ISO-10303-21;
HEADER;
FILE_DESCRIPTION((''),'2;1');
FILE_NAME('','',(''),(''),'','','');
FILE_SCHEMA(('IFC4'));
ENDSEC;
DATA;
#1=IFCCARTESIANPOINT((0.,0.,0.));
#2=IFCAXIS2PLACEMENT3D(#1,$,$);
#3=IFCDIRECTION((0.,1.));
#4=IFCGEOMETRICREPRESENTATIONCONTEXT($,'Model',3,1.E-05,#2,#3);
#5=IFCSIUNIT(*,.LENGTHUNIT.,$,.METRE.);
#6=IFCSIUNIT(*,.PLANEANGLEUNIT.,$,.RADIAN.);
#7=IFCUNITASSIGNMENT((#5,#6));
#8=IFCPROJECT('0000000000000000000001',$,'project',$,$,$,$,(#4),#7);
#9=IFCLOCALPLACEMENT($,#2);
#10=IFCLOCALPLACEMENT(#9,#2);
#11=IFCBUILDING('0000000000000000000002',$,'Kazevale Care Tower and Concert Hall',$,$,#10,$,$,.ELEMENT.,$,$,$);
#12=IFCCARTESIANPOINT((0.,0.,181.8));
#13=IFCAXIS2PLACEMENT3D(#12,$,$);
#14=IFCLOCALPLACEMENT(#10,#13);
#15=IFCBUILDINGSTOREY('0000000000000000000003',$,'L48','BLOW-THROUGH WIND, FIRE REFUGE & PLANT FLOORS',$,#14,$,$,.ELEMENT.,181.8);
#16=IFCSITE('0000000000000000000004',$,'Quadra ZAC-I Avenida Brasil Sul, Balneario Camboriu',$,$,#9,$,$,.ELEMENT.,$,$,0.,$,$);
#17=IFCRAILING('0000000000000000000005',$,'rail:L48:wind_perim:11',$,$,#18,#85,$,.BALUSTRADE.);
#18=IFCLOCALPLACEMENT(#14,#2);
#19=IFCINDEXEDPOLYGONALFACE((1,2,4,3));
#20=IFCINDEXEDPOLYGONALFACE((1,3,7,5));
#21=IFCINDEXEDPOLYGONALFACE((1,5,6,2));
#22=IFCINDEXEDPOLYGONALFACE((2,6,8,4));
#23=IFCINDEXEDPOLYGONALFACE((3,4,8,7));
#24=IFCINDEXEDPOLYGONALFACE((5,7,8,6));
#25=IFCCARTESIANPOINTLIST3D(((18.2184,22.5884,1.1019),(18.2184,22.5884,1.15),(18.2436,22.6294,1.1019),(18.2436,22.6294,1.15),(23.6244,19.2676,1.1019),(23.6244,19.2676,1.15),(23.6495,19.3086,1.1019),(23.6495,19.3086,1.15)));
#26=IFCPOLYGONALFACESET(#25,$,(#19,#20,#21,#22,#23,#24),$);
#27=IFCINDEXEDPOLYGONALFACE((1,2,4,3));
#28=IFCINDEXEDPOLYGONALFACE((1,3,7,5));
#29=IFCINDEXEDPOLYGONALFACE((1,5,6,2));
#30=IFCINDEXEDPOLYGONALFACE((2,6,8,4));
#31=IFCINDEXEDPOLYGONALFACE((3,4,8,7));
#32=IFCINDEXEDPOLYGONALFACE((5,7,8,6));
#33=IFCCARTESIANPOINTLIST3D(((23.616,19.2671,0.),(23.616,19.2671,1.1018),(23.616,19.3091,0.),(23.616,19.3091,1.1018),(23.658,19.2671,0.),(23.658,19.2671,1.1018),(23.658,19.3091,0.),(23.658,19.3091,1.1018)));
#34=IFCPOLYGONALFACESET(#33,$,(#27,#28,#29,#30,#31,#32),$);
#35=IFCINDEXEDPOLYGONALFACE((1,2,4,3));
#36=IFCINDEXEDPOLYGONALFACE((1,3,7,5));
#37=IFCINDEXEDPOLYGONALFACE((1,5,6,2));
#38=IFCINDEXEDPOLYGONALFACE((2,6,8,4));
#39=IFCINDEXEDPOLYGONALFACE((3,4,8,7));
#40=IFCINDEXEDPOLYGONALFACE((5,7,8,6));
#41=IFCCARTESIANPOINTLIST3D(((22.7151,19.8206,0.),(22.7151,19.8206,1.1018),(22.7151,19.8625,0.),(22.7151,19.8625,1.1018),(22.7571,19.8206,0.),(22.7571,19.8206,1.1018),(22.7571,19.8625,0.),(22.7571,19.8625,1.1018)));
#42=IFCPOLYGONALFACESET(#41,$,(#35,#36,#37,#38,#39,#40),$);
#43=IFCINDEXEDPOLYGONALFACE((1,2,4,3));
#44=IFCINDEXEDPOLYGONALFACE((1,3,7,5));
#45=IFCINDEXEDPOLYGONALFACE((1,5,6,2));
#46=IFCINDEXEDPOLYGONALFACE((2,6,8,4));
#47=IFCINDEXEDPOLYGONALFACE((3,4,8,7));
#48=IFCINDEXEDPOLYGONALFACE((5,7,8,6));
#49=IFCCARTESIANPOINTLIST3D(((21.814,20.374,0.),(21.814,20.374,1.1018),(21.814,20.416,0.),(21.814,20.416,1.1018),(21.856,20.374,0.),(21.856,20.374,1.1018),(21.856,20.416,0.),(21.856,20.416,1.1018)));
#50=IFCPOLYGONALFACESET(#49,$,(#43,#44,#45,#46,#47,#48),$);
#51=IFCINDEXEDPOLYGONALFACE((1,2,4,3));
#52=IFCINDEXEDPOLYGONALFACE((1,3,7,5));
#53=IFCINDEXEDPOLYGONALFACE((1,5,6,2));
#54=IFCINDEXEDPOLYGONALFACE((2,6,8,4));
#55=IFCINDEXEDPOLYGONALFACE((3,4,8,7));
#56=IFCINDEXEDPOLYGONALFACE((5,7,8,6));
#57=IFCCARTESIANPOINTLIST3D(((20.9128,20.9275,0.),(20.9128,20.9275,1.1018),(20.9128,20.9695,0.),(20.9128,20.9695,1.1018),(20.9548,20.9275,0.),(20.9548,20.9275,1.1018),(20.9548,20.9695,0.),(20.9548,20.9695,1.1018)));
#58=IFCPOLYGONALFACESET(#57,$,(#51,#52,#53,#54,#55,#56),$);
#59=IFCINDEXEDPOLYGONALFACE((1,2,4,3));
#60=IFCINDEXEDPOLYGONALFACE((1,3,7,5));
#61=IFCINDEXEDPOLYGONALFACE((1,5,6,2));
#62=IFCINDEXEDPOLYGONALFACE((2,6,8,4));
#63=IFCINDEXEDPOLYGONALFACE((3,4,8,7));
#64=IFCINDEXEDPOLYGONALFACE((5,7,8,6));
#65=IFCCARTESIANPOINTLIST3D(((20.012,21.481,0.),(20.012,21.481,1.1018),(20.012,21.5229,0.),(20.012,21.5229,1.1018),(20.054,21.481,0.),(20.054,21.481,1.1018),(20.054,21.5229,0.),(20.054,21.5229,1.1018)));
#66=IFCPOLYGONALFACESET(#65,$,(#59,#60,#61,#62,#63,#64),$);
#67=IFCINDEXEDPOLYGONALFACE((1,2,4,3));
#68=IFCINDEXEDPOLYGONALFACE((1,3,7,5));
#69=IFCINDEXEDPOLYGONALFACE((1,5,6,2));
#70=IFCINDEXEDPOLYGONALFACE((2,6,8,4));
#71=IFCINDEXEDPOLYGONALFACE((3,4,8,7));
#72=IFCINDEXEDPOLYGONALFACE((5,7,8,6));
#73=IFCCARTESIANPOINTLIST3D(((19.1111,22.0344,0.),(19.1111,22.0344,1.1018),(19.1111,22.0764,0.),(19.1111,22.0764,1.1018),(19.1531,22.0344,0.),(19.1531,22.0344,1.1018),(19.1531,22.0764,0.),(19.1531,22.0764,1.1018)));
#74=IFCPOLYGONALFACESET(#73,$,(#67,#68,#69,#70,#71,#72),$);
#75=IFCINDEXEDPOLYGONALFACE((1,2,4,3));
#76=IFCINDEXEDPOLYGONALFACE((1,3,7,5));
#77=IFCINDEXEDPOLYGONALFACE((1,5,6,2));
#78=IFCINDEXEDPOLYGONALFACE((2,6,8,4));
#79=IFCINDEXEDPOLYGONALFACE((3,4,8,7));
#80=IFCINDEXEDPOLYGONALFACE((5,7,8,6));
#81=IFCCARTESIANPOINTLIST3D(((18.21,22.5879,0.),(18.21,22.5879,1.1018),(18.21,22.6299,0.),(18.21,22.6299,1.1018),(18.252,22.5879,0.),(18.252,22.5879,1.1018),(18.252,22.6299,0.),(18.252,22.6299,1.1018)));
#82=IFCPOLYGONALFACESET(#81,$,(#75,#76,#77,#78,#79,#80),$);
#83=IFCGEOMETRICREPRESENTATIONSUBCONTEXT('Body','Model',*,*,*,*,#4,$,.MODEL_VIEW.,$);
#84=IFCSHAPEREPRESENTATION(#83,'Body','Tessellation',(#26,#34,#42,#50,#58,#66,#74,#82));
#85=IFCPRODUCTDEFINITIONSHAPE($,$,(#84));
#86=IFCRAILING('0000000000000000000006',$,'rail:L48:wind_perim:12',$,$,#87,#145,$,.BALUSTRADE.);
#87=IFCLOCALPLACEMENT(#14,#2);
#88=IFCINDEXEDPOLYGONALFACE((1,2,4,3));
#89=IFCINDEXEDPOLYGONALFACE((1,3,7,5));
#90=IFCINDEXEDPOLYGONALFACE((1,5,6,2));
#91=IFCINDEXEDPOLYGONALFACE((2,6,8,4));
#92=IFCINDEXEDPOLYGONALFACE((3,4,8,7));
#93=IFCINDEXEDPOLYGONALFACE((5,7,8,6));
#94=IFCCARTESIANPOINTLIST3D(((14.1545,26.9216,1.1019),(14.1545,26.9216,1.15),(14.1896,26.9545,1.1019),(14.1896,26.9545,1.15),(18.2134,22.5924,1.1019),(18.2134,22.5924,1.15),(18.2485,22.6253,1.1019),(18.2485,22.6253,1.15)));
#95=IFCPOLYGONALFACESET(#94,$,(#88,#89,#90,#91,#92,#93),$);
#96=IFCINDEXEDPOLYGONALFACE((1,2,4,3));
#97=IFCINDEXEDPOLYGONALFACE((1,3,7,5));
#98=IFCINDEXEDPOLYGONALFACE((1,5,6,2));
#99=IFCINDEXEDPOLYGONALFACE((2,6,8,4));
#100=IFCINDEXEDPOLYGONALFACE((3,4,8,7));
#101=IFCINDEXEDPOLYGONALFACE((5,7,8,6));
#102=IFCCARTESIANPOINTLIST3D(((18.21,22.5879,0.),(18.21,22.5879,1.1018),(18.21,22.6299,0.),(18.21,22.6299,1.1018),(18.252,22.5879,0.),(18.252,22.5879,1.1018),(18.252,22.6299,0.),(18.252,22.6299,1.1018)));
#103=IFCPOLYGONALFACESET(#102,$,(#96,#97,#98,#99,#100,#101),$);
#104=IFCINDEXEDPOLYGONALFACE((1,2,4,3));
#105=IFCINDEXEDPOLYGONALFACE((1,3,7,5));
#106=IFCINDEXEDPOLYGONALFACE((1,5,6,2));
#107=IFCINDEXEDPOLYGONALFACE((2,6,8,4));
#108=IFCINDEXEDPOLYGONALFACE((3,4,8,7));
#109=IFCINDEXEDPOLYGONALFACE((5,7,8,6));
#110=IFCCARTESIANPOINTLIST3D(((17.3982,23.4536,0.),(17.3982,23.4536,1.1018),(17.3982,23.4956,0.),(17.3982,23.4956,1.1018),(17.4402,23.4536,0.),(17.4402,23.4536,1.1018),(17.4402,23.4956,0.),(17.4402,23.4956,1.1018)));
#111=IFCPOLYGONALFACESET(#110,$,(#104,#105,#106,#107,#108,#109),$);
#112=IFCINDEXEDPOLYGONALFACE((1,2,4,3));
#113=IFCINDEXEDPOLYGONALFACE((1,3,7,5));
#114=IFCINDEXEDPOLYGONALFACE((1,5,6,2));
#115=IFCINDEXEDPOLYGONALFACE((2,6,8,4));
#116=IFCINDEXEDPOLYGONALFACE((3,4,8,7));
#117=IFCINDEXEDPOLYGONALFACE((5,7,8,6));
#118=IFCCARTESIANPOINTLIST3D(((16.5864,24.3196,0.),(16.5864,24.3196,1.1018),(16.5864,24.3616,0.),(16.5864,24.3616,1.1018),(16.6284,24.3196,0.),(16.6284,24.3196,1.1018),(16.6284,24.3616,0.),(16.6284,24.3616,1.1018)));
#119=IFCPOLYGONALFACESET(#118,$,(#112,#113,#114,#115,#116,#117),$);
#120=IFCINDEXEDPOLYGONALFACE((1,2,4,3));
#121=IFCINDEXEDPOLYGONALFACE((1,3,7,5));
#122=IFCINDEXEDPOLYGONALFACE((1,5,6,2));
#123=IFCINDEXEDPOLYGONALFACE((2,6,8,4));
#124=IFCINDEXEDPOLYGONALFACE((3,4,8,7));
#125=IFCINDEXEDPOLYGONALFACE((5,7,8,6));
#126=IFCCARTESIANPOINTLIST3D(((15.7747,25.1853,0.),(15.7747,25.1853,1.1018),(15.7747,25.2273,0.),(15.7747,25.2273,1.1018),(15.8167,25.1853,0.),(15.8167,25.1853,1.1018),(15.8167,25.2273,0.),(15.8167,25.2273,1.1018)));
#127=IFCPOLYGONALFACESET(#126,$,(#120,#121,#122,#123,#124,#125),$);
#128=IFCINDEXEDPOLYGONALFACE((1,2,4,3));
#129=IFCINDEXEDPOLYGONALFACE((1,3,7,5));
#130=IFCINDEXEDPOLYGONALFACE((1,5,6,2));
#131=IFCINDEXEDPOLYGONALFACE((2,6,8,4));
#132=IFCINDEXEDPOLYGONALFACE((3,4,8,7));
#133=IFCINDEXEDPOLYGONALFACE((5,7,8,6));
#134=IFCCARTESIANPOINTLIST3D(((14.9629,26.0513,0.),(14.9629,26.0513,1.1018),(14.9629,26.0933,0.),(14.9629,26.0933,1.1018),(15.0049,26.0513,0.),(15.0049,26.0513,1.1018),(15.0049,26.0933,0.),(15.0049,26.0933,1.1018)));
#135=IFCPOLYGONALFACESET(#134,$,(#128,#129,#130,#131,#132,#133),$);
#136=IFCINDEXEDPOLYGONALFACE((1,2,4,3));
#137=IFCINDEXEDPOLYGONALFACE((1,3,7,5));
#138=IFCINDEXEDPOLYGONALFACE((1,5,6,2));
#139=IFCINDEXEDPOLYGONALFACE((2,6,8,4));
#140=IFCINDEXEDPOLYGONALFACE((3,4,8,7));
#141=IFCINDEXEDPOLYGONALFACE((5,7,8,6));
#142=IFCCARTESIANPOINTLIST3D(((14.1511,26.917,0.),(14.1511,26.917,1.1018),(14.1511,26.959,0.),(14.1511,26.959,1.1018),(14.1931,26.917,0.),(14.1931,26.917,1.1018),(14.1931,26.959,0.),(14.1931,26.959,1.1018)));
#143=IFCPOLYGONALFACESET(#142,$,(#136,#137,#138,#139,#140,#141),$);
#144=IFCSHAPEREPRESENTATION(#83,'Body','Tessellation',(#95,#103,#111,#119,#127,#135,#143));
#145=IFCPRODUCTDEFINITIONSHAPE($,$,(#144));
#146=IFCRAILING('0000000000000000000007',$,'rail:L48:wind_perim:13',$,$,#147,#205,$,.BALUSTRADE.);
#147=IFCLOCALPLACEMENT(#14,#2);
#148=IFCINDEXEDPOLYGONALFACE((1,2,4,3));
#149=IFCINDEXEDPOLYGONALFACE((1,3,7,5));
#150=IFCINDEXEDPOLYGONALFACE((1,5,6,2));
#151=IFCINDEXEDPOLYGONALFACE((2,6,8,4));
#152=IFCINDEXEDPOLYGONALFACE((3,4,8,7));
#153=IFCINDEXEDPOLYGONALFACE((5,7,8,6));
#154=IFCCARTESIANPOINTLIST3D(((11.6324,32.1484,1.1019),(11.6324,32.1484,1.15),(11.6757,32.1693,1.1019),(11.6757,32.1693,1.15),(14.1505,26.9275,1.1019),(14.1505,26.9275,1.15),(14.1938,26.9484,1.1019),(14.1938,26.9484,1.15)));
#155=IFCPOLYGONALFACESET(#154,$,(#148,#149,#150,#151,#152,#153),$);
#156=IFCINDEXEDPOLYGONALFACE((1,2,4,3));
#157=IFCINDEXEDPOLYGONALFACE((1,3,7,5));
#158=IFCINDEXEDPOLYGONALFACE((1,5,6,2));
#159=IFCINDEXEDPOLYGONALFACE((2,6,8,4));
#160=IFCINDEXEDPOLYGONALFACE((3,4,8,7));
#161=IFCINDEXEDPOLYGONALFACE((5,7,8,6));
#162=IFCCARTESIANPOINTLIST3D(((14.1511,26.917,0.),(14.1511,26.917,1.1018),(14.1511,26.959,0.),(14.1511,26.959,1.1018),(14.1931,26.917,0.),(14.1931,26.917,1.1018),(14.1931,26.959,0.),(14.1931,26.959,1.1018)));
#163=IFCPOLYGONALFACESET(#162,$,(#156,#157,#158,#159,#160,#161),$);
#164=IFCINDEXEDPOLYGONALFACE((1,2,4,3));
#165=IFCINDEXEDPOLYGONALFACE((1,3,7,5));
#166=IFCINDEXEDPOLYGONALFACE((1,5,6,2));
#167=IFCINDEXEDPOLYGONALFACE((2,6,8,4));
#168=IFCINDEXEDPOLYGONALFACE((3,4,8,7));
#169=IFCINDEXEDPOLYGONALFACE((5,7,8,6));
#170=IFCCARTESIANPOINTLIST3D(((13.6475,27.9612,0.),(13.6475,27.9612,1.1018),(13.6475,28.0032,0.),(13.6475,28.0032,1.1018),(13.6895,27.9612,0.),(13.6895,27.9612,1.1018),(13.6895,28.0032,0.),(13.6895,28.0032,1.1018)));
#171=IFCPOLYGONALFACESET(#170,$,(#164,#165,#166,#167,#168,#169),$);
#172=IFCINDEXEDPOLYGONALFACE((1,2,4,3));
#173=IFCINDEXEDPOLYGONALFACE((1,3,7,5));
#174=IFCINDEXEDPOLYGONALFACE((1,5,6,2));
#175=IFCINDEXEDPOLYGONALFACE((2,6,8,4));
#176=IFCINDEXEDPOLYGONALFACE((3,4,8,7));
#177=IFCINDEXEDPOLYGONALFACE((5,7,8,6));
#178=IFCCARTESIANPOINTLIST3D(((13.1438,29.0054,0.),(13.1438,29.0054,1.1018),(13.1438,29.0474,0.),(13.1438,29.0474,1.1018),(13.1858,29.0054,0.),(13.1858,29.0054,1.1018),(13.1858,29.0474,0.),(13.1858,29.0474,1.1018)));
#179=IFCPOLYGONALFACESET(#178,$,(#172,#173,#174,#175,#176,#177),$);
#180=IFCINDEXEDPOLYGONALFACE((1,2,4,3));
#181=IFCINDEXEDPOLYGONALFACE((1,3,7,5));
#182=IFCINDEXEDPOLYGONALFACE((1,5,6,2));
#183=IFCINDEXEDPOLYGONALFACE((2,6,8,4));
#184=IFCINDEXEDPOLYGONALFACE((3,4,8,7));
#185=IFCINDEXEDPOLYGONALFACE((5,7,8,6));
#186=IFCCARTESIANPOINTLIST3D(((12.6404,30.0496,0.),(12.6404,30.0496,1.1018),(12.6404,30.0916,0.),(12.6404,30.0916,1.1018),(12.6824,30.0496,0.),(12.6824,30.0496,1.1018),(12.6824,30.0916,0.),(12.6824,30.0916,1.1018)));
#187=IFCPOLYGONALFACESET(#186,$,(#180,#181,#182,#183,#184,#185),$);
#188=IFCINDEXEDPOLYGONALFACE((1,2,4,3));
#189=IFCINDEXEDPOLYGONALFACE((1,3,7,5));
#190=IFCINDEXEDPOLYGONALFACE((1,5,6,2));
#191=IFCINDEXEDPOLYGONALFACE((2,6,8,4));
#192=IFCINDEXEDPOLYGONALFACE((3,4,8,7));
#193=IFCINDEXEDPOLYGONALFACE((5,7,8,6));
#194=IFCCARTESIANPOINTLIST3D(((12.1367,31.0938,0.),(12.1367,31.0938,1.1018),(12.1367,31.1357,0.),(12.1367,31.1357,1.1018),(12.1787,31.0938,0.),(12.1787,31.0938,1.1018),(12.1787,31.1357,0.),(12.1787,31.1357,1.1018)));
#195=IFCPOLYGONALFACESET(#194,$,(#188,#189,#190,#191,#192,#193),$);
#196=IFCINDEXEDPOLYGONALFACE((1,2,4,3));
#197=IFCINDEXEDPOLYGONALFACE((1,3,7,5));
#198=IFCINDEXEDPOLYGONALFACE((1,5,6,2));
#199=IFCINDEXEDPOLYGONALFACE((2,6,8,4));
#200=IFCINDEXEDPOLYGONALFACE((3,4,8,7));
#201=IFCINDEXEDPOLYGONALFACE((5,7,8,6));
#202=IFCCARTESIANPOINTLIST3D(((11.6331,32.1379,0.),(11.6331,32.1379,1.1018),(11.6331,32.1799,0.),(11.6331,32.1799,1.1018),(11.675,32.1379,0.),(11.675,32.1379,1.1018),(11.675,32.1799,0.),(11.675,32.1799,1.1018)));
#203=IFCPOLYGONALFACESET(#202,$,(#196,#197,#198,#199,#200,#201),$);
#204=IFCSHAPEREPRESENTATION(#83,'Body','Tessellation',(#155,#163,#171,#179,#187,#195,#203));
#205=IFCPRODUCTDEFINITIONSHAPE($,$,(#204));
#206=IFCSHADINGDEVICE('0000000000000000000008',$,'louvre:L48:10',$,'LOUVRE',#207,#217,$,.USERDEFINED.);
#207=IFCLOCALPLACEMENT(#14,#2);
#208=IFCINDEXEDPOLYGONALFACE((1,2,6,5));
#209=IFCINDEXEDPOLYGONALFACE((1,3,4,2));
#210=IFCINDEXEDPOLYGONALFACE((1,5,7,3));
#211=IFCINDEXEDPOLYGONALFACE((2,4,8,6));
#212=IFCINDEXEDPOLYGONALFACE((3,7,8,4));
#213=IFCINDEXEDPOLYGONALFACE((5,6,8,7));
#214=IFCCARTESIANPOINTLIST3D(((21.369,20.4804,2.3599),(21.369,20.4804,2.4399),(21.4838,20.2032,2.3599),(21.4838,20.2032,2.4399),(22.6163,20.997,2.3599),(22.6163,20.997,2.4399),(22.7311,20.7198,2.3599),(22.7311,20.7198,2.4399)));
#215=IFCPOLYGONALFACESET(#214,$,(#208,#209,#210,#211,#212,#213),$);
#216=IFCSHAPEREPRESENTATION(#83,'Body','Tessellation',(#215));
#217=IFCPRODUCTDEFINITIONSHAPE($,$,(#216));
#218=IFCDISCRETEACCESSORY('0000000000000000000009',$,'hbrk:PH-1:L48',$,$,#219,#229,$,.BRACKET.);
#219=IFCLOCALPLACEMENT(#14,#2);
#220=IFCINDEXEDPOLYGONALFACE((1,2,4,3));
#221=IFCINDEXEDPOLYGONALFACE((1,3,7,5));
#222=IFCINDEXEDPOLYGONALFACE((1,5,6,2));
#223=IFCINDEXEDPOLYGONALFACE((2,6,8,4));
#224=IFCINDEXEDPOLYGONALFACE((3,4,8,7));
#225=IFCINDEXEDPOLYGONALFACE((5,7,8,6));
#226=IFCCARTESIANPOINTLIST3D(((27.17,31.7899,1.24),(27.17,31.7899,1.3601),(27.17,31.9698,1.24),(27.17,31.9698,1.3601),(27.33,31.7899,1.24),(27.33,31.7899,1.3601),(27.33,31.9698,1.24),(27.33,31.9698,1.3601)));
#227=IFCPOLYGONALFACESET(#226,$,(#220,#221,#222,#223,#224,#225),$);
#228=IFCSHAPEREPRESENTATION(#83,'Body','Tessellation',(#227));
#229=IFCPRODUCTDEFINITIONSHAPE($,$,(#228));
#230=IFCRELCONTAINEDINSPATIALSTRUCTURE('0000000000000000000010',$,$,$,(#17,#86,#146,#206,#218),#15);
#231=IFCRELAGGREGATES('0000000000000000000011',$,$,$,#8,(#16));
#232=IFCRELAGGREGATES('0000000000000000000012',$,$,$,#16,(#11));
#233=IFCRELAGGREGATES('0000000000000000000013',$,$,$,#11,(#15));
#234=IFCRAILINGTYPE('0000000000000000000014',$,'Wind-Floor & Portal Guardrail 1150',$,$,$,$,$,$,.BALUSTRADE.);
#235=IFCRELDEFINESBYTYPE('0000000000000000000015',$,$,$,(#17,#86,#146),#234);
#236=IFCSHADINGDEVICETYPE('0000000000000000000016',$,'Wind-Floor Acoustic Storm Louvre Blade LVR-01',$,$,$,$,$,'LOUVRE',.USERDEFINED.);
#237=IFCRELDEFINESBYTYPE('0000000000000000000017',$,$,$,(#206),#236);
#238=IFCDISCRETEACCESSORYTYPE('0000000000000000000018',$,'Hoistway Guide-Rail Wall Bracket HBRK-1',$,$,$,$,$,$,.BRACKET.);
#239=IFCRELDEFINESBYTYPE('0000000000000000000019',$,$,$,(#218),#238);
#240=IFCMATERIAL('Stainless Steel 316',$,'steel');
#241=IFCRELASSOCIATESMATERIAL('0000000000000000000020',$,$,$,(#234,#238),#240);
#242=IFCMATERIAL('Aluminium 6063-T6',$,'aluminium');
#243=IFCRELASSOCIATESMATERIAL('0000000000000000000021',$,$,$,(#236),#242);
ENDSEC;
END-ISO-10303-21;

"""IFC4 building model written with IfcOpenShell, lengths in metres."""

from ifc_helpers import new_model, si_unit, direction, frame, origin, origin_2d, place, context, subcontext, project, spatial, rectangle, extrude, material, type_object, element, save


model = new_model("IFC4")

# Units and contexts
model_context = context("Model", 3, precision=1e-05, world=origin(), true_north=direction((0.0, 1.0)))
body_context = subcontext(model_context, "Body", "Model", "MODEL_VIEW")
ifc_project = project(units=[si_unit("LENGTHUNIT", "METRE"), si_unit("PLANEANGLEUNIT", "RADIAN")], contexts=[model_context])

# Site, building, storey
site_placement = place(None, origin())
site = spatial("IfcSite", under=ifc_project, at=site_placement, Name="Quadra ZAC-I Avenida Brasil Sul, Balneario Camboriu", CompositionType="ELEMENT", RefElevation=0.0)
building_placement = place(site_placement, origin())
building = spatial("IfcBuilding", under=site, at=building_placement, Name="Kazevale Care Tower and Concert Hall", CompositionType="ELEMENT")
storey_placement = place(building_placement, frame((0.0, 0.0, 181.8)))
storey = spatial("IfcBuildingStorey", under=building, at=storey_placement, Name="L48", Description="BLOW-THROUGH WIND, FIRE REFUGE & PLANT FLOORS", CompositionType="ELEMENT", Elevation=181.8)

# Railings
ifc_material_1 = material(Name="Stainless Steel 316", Category="steel")
railing_type_1 = type_object("IfcRailingType", Name="Wind-Floor & Portal Guardrail 1150", PredefinedType="BALUSTRADE", material=ifc_material_1)
railing_1_placement = place(storey_placement, frame((23.637, 19.2881, 0.0)))
element("IfcRailing", 1, at=railing_1_placement, inside=storey, type_object=railing_type_1, Name="rail:L48:wind_perim:11", PredefinedType="BALUSTRADE", context=body_context, shape_type="SweptSolid", body=[
    extrude(rectangle(XDim=0.0481, YDim=0.0481, at=origin_2d()), frame((0.0, 0.0, 1.126), z_axis=(-0.852078, 0.523415, 0.0), x_axis=(-0.523415, -0.852078, 0.0)), (0.0, 0.0, 1.0), 6.3445),
    extrude(rectangle(XDim=0.042, YDim=0.042, at=origin_2d()), origin(), (0.0, 0.0, 1.0), 1.1018),
    extrude(rectangle(XDim=0.042, YDim=0.042, at=origin_2d()), frame((-0.9009, 0.5535, 0.0)), (0.0, 0.0, 1.0), 1.1018),
    extrude(rectangle(XDim=0.042, YDim=0.042, at=origin_2d()), frame((-1.802, 1.1069, 0.0)), (0.0, 0.0, 1.0), 1.1018),
    extrude(rectangle(XDim=0.042, YDim=0.042, at=origin_2d()), frame((-2.7031, 1.6604, 0.0)), (0.0, 0.0, 1.0), 1.1018),
    extrude(rectangle(XDim=0.042, YDim=0.042, at=origin_2d()), frame((-3.604, 2.2139, 0.0)), (0.0, 0.0, 1.0), 1.1018),
    extrude(rectangle(XDim=0.042, YDim=0.042, at=origin_2d()), frame((-4.5049, 2.7673, 0.0)), (0.0, 0.0, 1.0), 1.1018),
    extrude(rectangle(XDim=0.042, YDim=0.042, at=origin_2d()), frame((-5.406, 3.3208, 0.0)), (0.0, 0.0, 1.0), 1.1018),
])
railing_2_placement = place(storey_placement, frame((18.231, 22.6089, 0.0)))
element("IfcRailing", 2, at=railing_2_placement, inside=storey, type_object=railing_type_1, Name="rail:L48:wind_perim:12", PredefinedType="BALUSTRADE", context=body_context, shape_type="SweptSolid", body=[
    extrude(rectangle(XDim=0.0481, YDim=0.0481, at=origin_2d()), frame((0.0, 0.0, 1.126), z_axis=(-0.683968, 0.729512, 0.0), x_axis=(-0.729512, -0.683968, 0.0)), (0.0, 0.0, 1.0), 5.9343),
    extrude(rectangle(XDim=0.042, YDim=0.042, at=origin_2d()), origin(), (0.0, 0.0, 1.0), 1.1018),
    extrude(rectangle(XDim=0.042, YDim=0.042, at=origin_2d()), frame((-0.8118, 0.8657, 0.0)), (0.0, 0.0, 1.0), 1.1018),
    extrude(rectangle(XDim=0.042, YDim=0.042, at=origin_2d()), frame((-1.6235, 1.7317, 0.0)), (0.0, 0.0, 1.0), 1.1018),
    extrude(rectangle(XDim=0.042, YDim=0.042, at=origin_2d()), frame((-2.4353, 2.5974, 0.0)), (0.0, 0.0, 1.0), 1.1018),
    extrude(rectangle(XDim=0.042, YDim=0.042, at=origin_2d()), frame((-3.2471, 3.4634, 0.0)), (0.0, 0.0, 1.0), 1.1018),
    extrude(rectangle(XDim=0.042, YDim=0.042, at=origin_2d()), frame((-4.0588, 4.3291, 0.0)), (0.0, 0.0, 1.0), 1.1018),
])
railing_3_placement = place(storey_placement, frame((14.1721, 26.938, 0.0)))
element("IfcRailing", 3, at=railing_3_placement, inside=storey, type_object=railing_type_1, Name="rail:L48:wind_perim:13", PredefinedType="BALUSTRADE", context=body_context, shape_type="SweptSolid", body=[
    extrude(rectangle(XDim=0.0481, YDim=0.0481, at=origin_2d()), frame((0.0, 0.0, 1.126), z_axis=(-0.434415, 0.900713, 0.0), x_axis=(-0.900713, -0.434415, 0.0)), (0.0, 0.0, 1.0), 5.7964),
    extrude(rectangle(XDim=0.042, YDim=0.042, at=origin_2d()), origin(), (0.0, 0.0, 1.0), 1.1018),
    extrude(rectangle(XDim=0.042, YDim=0.042, at=origin_2d()), frame((-0.5037, 1.0442, 0.0)), (0.0, 0.0, 1.0), 1.1018),
    extrude(rectangle(XDim=0.042, YDim=0.042, at=origin_2d()), frame((-1.0073, 2.0884, 0.0)), (0.0, 0.0, 1.0), 1.1018),
    extrude(rectangle(XDim=0.042, YDim=0.042, at=origin_2d()), frame((-1.5107, 3.1326, 0.0)), (0.0, 0.0, 1.0), 1.1018),
    extrude(rectangle(XDim=0.042, YDim=0.042, at=origin_2d()), frame((-2.0144, 4.1768, 0.0)), (0.0, 0.0, 1.0), 1.1018),
    extrude(rectangle(XDim=0.042, YDim=0.042, at=origin_2d()), frame((-2.5181, 5.2209, 0.0)), (0.0, 0.0, 1.0), 1.1018),
])

# Shading device
ifc_material_2 = material(Name="Aluminium 6063-T6", Category="aluminium")
shading_device_type = type_object("IfcShadingDeviceType", Name="Wind-Floor Acoustic Storm Louvre Blade LVR-01", ElementType="LOUVRE", PredefinedType="USERDEFINED", material=ifc_material_2)
shading_device_placement = place(storey_placement, frame((22.05, 20.6001, 2.3599), z_axis=(0.0, 0.0, 1.0), x_axis=(-0.92388, -0.382683, 0.0)))
element("IfcShadingDevice", 4, at=shading_device_placement, inside=storey, type_object=shading_device_type, Name="louvre:L48:10", ObjectType="LOUVRE", PredefinedType="USERDEFINED", context=body_context, shape_type="SweptSolid", body=[
    extrude(rectangle(XDim=1.3501, YDim=0.3, at=origin_2d()), origin(), (0.0, 0.0, 1.0), 0.0801),
])

# Discrete accessory
discrete_accessory_type = type_object("IfcDiscreteAccessoryType", Name="Hoistway Guide-Rail Wall Bracket HBRK-1", PredefinedType="BRACKET", material=ifc_material_1)
for number, where, z_axis, x_axis, name in (
    (5, (27.25, 31.8799, 1.24), (0.0, 0.0, 1.0), (1.0, 0.0, 0.0), "hbrk:PH-1:L48"),
):
    element("IfcDiscreteAccessory", number, at=place(storey_placement, frame(where, z_axis=z_axis, x_axis=x_axis)), inside=storey, type_object=discrete_accessory_type, Name=name, PredefinedType="BRACKET", context=body_context, shape_type="SweptSolid", body=[
        extrude(rectangle(XDim=0.1599, YDim=0.1799, at=origin_2d()), origin(), (0.0, 0.0, 1.0), 0.1201),
    ])

save(model, "model.ifc")
